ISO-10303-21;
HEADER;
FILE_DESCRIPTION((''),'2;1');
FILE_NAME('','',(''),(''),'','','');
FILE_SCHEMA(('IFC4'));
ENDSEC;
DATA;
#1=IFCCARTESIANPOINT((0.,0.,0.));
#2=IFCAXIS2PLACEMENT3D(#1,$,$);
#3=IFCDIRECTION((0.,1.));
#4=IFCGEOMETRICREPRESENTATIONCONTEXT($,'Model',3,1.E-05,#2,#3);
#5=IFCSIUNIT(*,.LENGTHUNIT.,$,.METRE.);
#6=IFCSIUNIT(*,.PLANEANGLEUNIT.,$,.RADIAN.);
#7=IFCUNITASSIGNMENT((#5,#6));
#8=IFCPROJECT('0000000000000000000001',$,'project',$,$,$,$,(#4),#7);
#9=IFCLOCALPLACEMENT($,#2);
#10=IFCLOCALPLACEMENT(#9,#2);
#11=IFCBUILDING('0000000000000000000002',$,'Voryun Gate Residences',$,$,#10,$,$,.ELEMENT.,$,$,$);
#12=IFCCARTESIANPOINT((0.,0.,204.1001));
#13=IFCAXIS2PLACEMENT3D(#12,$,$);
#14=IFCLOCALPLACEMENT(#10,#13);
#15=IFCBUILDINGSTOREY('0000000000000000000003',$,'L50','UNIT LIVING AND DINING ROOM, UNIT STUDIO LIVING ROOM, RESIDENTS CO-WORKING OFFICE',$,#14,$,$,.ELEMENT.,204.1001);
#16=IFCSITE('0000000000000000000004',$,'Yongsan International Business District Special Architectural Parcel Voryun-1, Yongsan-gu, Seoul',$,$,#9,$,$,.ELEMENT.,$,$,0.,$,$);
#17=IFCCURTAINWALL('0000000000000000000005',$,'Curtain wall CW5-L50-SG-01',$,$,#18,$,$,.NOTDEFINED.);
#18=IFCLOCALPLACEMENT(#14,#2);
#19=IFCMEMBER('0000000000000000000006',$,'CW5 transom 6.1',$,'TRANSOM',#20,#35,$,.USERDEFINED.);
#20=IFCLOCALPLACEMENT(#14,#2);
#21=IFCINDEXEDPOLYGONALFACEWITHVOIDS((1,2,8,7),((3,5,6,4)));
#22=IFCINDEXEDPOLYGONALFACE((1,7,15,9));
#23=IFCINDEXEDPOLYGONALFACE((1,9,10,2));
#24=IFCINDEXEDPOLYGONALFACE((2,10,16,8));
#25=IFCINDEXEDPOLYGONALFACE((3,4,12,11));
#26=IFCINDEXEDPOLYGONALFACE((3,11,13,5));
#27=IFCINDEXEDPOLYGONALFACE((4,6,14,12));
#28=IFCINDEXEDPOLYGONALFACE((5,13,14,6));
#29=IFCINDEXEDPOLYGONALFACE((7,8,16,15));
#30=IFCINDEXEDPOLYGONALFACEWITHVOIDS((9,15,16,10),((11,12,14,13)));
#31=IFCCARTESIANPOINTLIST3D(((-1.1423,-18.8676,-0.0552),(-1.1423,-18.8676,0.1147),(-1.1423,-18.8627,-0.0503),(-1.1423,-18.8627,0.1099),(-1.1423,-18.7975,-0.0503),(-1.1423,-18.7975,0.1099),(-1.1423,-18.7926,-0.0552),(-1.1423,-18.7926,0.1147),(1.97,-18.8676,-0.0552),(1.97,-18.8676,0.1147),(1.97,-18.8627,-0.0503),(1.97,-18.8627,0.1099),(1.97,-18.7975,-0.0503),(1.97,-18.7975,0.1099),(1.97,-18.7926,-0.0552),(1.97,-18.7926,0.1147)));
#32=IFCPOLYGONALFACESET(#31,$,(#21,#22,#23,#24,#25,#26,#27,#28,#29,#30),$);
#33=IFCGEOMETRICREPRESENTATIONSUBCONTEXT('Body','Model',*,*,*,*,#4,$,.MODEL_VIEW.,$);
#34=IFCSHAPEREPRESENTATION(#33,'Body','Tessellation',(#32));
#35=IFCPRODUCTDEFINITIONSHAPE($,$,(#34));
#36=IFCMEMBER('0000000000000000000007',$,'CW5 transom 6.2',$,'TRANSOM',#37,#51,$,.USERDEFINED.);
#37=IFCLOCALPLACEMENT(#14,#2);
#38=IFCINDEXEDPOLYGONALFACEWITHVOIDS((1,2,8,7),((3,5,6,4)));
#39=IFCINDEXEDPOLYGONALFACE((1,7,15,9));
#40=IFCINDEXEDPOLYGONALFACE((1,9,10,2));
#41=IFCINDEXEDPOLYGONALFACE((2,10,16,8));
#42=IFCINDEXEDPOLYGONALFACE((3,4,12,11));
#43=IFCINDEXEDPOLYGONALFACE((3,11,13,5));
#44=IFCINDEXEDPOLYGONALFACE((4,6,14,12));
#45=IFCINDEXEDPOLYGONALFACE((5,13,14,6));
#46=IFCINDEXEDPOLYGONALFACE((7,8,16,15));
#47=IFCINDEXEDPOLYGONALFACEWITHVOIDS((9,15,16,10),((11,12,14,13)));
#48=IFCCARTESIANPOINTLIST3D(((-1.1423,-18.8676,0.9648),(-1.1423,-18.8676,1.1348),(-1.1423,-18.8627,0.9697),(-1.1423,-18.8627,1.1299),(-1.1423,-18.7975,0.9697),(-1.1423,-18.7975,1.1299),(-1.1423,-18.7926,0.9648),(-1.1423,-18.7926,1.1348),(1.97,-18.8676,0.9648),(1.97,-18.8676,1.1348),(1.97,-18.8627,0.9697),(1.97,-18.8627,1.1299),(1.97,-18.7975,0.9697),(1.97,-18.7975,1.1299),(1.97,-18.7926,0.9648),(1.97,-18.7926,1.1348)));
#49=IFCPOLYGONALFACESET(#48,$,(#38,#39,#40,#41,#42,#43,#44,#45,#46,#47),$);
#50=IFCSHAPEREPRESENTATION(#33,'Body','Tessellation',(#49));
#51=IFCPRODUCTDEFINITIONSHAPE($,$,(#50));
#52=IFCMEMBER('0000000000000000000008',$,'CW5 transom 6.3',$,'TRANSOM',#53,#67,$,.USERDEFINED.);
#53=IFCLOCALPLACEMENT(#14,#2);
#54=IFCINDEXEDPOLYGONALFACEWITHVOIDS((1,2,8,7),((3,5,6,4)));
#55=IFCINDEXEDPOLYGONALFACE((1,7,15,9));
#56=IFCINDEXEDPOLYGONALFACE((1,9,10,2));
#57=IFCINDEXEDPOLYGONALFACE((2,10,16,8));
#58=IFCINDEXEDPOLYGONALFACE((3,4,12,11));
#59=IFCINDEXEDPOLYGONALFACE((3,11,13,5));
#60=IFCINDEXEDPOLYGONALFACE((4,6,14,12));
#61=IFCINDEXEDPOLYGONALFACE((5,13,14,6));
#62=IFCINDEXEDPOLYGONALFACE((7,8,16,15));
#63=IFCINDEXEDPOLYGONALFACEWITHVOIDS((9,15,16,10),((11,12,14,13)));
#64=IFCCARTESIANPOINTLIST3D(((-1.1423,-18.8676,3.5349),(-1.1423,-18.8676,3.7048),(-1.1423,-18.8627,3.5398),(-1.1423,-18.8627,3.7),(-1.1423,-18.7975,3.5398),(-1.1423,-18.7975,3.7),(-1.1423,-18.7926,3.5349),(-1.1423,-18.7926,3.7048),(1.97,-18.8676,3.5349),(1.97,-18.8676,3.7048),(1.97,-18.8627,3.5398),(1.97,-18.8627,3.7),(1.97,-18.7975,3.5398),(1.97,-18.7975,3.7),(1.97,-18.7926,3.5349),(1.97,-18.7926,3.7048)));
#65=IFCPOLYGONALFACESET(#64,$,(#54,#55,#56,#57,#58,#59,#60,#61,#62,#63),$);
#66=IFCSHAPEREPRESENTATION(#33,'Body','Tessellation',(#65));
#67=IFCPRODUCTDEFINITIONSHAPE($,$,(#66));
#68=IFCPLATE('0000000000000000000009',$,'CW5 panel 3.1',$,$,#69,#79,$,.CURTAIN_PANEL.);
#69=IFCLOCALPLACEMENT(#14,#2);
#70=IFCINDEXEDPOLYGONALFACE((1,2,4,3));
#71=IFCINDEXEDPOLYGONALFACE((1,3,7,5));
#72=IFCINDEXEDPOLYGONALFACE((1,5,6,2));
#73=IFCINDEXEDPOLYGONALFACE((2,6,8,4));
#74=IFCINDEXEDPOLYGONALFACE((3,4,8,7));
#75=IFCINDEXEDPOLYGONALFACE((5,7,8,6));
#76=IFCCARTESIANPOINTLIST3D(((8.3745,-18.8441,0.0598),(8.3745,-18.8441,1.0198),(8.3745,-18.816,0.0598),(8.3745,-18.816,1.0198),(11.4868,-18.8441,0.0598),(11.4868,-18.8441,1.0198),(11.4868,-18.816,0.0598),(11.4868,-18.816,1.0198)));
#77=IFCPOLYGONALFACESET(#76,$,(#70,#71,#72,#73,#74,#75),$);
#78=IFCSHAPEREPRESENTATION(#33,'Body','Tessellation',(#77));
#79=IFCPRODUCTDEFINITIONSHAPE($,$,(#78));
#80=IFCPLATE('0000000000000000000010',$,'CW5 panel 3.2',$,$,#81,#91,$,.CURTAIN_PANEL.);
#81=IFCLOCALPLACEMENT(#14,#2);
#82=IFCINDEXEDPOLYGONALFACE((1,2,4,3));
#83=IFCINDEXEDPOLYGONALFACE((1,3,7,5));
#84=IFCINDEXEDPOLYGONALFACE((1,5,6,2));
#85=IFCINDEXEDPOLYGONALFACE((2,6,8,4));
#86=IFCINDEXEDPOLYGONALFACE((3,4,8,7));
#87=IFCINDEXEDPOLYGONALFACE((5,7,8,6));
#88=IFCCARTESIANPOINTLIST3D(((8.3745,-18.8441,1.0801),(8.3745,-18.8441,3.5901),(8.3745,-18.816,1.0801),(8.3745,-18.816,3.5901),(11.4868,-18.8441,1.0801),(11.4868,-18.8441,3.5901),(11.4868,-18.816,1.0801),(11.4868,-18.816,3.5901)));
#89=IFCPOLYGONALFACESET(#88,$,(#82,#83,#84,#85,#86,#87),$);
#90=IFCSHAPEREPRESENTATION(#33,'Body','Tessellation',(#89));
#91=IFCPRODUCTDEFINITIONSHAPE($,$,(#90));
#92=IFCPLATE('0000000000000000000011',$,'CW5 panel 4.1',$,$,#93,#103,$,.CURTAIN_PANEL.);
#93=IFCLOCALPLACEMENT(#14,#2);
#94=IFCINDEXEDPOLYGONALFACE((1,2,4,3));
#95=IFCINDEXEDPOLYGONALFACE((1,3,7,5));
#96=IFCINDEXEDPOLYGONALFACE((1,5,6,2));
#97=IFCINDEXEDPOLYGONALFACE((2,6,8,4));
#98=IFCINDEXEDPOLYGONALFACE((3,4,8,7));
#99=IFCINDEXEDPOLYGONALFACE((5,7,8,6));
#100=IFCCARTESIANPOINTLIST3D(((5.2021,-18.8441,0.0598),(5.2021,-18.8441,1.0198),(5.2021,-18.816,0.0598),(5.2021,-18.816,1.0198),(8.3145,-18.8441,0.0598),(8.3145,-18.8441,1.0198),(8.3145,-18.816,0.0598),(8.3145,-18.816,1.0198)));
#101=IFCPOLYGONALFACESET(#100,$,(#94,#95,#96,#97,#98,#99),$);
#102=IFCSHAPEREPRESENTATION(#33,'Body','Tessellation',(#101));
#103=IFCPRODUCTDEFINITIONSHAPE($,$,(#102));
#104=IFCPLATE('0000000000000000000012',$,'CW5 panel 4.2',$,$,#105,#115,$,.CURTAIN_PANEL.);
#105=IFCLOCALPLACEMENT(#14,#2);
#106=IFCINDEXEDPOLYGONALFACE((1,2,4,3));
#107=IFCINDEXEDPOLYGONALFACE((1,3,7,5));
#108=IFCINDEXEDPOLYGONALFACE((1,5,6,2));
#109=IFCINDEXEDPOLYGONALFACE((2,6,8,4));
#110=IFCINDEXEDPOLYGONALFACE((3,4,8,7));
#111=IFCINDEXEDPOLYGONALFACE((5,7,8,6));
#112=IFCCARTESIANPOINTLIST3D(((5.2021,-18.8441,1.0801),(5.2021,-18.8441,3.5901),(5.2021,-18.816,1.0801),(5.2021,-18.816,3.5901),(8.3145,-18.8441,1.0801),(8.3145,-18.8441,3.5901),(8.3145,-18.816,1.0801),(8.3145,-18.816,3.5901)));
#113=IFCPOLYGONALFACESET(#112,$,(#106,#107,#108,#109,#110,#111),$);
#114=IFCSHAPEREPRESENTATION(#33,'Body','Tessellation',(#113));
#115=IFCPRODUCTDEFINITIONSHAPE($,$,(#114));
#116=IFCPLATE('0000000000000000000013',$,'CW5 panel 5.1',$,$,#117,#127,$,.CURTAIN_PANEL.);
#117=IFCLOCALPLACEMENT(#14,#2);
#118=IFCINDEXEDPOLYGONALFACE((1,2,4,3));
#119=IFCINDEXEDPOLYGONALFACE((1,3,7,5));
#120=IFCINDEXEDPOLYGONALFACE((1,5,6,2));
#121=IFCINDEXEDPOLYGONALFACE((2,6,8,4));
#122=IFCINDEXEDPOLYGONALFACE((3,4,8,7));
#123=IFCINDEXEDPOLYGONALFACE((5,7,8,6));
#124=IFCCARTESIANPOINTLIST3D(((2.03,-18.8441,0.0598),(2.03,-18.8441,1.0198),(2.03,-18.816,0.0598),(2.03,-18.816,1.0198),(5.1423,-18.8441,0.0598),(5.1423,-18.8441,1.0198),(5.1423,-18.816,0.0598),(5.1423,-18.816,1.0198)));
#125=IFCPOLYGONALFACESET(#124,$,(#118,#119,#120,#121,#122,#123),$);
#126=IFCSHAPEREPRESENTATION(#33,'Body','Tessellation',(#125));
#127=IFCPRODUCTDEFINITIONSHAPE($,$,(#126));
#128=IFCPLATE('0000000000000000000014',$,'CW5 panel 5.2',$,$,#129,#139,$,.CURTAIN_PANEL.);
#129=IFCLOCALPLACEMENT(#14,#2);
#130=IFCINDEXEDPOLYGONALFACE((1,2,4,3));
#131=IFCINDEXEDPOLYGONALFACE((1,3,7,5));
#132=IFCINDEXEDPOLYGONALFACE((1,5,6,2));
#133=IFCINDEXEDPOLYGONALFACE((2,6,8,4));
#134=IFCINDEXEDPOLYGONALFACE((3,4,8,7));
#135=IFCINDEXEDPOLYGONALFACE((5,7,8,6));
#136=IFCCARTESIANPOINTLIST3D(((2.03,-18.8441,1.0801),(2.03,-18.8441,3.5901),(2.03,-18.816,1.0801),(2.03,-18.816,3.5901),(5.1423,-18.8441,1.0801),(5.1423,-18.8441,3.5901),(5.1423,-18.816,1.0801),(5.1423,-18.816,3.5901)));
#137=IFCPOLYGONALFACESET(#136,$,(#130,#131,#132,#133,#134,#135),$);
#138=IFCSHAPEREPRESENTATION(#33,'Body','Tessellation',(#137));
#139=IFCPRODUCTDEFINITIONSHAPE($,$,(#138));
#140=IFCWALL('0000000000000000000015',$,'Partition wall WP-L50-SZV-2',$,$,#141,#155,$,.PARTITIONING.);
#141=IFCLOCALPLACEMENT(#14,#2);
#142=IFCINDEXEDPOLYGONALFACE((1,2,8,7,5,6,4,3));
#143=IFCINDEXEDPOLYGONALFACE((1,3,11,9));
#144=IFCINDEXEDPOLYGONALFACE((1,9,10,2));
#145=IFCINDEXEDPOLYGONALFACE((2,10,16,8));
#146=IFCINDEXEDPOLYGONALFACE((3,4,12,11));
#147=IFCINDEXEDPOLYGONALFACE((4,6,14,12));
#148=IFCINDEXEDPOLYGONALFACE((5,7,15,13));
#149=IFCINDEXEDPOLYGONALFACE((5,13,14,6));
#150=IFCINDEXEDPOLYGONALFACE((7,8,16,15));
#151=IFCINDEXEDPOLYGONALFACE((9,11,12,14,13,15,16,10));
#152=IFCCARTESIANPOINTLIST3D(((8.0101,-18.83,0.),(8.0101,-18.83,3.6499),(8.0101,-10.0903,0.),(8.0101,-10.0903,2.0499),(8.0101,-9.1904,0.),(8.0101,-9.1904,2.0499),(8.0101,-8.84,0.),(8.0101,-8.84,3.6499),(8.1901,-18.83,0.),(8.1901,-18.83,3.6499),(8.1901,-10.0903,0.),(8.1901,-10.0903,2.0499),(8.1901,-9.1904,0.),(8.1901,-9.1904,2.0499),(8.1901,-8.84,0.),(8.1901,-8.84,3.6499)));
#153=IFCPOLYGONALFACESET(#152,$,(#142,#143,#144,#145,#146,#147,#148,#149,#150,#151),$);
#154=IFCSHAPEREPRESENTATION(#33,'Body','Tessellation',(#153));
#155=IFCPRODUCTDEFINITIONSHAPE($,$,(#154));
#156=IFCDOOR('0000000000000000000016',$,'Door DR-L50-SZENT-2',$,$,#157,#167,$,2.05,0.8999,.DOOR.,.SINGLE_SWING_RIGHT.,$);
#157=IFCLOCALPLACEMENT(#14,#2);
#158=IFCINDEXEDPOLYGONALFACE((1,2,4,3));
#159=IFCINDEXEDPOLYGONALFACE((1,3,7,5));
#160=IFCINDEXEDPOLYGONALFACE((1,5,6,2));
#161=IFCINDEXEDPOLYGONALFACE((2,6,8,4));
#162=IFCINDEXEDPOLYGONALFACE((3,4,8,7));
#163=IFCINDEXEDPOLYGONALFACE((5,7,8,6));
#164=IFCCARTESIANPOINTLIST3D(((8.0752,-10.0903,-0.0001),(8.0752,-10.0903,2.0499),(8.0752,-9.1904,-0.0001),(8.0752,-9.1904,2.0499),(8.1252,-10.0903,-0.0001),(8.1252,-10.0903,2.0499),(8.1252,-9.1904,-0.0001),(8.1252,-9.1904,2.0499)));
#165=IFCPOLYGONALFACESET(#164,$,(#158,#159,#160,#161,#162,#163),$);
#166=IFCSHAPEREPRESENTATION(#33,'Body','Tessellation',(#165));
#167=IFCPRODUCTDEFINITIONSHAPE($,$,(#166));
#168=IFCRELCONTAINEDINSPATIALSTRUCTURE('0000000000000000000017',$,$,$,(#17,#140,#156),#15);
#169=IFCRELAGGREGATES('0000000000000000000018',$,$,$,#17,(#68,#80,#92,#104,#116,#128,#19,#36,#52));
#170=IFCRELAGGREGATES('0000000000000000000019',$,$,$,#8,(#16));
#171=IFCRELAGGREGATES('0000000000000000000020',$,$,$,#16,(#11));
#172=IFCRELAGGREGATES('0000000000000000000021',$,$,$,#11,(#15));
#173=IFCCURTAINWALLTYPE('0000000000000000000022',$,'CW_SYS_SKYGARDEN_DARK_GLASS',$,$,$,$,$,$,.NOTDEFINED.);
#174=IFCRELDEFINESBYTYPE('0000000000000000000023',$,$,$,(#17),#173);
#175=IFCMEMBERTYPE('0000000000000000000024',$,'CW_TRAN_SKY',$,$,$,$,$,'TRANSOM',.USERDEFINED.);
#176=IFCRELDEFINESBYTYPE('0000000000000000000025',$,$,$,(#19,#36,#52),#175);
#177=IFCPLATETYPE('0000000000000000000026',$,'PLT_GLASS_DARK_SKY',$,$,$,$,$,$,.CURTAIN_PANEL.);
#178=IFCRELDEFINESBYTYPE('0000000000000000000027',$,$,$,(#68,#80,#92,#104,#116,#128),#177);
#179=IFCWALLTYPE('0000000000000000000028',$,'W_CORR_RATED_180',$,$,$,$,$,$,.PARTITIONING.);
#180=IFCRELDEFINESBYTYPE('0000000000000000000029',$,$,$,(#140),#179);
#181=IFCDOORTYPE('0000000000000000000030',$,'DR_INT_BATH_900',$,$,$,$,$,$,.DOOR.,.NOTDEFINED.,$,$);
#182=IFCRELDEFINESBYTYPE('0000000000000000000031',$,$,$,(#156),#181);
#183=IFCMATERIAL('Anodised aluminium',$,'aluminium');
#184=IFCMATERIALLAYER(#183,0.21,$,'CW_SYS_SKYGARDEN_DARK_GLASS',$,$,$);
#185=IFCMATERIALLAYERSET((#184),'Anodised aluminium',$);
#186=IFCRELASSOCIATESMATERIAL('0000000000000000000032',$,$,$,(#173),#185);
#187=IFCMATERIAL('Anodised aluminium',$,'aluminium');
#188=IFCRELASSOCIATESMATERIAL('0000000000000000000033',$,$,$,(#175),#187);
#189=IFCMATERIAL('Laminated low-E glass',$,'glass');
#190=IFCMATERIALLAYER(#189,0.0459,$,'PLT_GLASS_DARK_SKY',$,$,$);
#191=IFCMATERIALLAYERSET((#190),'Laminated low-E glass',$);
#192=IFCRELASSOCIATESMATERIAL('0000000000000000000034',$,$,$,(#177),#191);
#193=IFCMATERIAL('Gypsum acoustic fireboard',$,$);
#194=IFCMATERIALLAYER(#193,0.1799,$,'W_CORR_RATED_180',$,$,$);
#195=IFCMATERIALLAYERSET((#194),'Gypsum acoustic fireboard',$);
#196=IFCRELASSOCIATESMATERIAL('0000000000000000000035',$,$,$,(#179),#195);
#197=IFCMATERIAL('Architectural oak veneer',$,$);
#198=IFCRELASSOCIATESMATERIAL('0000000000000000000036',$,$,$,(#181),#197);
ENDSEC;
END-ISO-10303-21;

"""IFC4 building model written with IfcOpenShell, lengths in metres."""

from ifc_helpers import new_model, si_unit, direction, frame, frame_2d, origin, origin_2d, place, context, subcontext, project, spatial, rectangle, hollow_rectangle, extrude, material, layer, layer_set, material_profile, profile_set, type_object, element, fill, aggregate, save


model = new_model("IFC4")

# Units and contexts
model_context = context("Model", 3, precision=1e-05, world=origin(), true_north=direction((0.0, 1.0)))
body_context = subcontext(model_context, "Body", "Model", "MODEL_VIEW")
ifc_project = project(units=[si_unit("LENGTHUNIT", "METRE"), si_unit("PLANEANGLEUNIT", "RADIAN")], contexts=[model_context])

# Site, building, storey
site_placement = place(None, origin())
site = spatial("IfcSite", under=ifc_project, at=site_placement, Name="Yongsan International Business District Special Architectural Parcel Voryun-1, Yongsan-gu, Seoul", CompositionType="ELEMENT", RefElevation=0.0)
building_placement = place(site_placement, origin())
building = spatial("IfcBuilding", under=site, at=building_placement, Name="Voryun Gate Residences", CompositionType="ELEMENT")
storey_placement = place(building_placement, frame((0.0, 0.0, 204.1001)))
storey = spatial("IfcBuildingStorey", under=building, at=storey_placement, Name="L50", Description="UNIT LIVING AND DINING ROOM, UNIT STUDIO LIVING ROOM, RESIDENTS CO-WORKING OFFICE", CompositionType="ELEMENT", Elevation=204.1001)

# Curtain wall, members, plates
ifc_material_1 = material(Name="Anodised aluminium", Category="aluminium")
ifc_layer_1 = layer(ifc_material_1, 0.21, Name="CW_SYS_SKYGARDEN_DARK_GLASS")
ifc_layer_set_1 = layer_set([ifc_layer_1], Name="Anodised aluminium")
curtain_wall_type = type_object("IfcCurtainWallType", Name="CW_SYS_SKYGARDEN_DARK_GLASS", PredefinedType="NOTDEFINED", material=ifc_layer_set_1)
curtain_wall_placement = place(storey_placement, origin())
curtain_wall = element("IfcCurtainWall", 1, at=curtain_wall_placement, inside=storey, type_object=curtain_wall_type, Name="Curtain wall CW5-L50-SG-01", PredefinedType="NOTDEFINED")
ifc_material_2 = material(Name="Anodised aluminium", Category="aluminium")
ifc_material_profile_1 = material_profile(ifc_material_2, hollow_rectangle(XDim=0.075, YDim=0.1699, WallThickness=0.0049, at=origin_2d()), Name="ALU-TRAN-170x75x5")
ifc_profile_set_1 = profile_set([ifc_material_profile_1], Name="Anodised aluminium")
member_type_1 = type_object("IfcMemberType", Name="CW_TRAN_SKY", ElementType="TRANSOM", PredefinedType="USERDEFINED", material=ifc_profile_set_1)
member_1_placement = place(storey_placement, frame((1.97, -18.8301, 0.0298), z_axis=(-1.0, 0.0, 0.0), x_axis=(0.0, -1.0, 0.0)))
member_1 = element("IfcMember", 2, at=member_1_placement, type_object=member_type_1, Name="CW5 transom 6.1", ObjectType="TRANSOM", PredefinedType="USERDEFINED", context=body_context, shape_type="SweptSolid", body=[
    extrude(hollow_rectangle(XDim=0.075, YDim=0.1699, WallThickness=0.0049, at=origin_2d()), origin(), (0.0, 0.0, 1.0), 3.1123),
])
member_2_placement = place(storey_placement, frame((1.97, -18.8301, 1.0498), z_axis=(-1.0, 0.0, 0.0), x_axis=(0.0, -1.0, 0.0)))
member_2 = element("IfcMember", 3, at=member_2_placement, type_object=member_type_1, Name="CW5 transom 6.2", ObjectType="TRANSOM", PredefinedType="USERDEFINED", context=body_context, shape_type="SweptSolid", body=[
    extrude(hollow_rectangle(XDim=0.075, YDim=0.1699, WallThickness=0.0049, at=origin_2d()), origin(), (0.0, 0.0, 1.0), 3.1123),
])
member_3_placement = place(storey_placement, frame((1.97, -18.8301, 3.6199), z_axis=(-1.0, 0.0, 0.0), x_axis=(0.0, -1.0, 0.0)))
member_3 = element("IfcMember", 4, at=member_3_placement, type_object=member_type_1, Name="CW5 transom 6.3", ObjectType="TRANSOM", PredefinedType="USERDEFINED", context=body_context, shape_type="SweptSolid", body=[
    extrude(hollow_rectangle(XDim=0.075, YDim=0.1699, WallThickness=0.0049, at=origin_2d()), origin(), (0.0, 0.0, 1.0), 3.1123),
])
ifc_material_3 = material(Name="Laminated low-E glass", Category="glass")
ifc_layer_2 = layer(ifc_material_3, 0.0459, Name="PLT_GLASS_DARK_SKY")
ifc_layer_set_2 = layer_set([ifc_layer_2], Name="Laminated low-E glass")
plate_type = type_object("IfcPlateType", Name="PLT_GLASS_DARK_SKY", PredefinedType="CURTAIN_PANEL", material=ifc_layer_set_2)
plate_1_placement = place(storey_placement, frame((9.9307, -18.8301, 0.0598), z_axis=(0.0, 0.0, 1.0), x_axis=(-1.0, 0.0, 0.0)))
plate_1 = element("IfcPlate", 5, at=plate_1_placement, type_object=plate_type, Name="CW5 panel 3.1", PredefinedType="CURTAIN_PANEL", context=body_context, shape_type="SweptSolid", body=[
    extrude(rectangle(XDim=3.1123, YDim=0.0281, at=origin_2d()), origin(), (0.0, 0.0, 1.0), 0.96),
])
plate_2_placement = place(storey_placement, frame((9.9307, -18.8301, 1.0801), z_axis=(0.0, 0.0, 1.0), x_axis=(-1.0, 0.0, 0.0)))
plate_2 = element("IfcPlate", 6, at=plate_2_placement, type_object=plate_type, Name="CW5 panel 3.2", PredefinedType="CURTAIN_PANEL", context=body_context, shape_type="SweptSolid", body=[
    extrude(rectangle(XDim=3.1123, YDim=0.0281, at=origin_2d()), origin(), (0.0, 0.0, 1.0), 2.51),
])
plate_3_placement = place(storey_placement, frame((6.7583, -18.8301, 0.0598), z_axis=(0.0, 0.0, 1.0), x_axis=(-1.0, 0.0, 0.0)))
plate_3 = element("IfcPlate", 7, at=plate_3_placement, type_object=plate_type, Name="CW5 panel 4.1", PredefinedType="CURTAIN_PANEL", context=body_context, shape_type="SweptSolid", body=[
    extrude(rectangle(XDim=3.1123, YDim=0.0281, at=origin_2d()), origin(), (0.0, 0.0, 1.0), 0.96),
])
plate_4_placement = place(storey_placement, frame((6.7583, -18.8301, 1.0801), z_axis=(0.0, 0.0, 1.0), x_axis=(-1.0, 0.0, 0.0)))
plate_4 = element("IfcPlate", 8, at=plate_4_placement, type_object=plate_type, Name="CW5 panel 4.2", PredefinedType="CURTAIN_PANEL", context=body_context, shape_type="SweptSolid", body=[
    extrude(rectangle(XDim=3.1123, YDim=0.0281, at=origin_2d()), origin(), (0.0, 0.0, 1.0), 2.51),
])
plate_5_placement = place(storey_placement, frame((3.5862, -18.8301, 0.0598), z_axis=(0.0, 0.0, 1.0), x_axis=(-1.0, 0.0, 0.0)))
plate_5 = element("IfcPlate", 9, at=plate_5_placement, type_object=plate_type, Name="CW5 panel 5.1", PredefinedType="CURTAIN_PANEL", context=body_context, shape_type="SweptSolid", body=[
    extrude(rectangle(XDim=3.1123, YDim=0.0281, at=origin_2d()), origin(), (0.0, 0.0, 1.0), 0.96),
])
plate_6_placement = place(storey_placement, frame((3.5862, -18.8301, 1.0801), z_axis=(0.0, 0.0, 1.0), x_axis=(-1.0, 0.0, 0.0)))
plate_6 = element("IfcPlate", 10, at=plate_6_placement, type_object=plate_type, Name="CW5 panel 5.2", PredefinedType="CURTAIN_PANEL", context=body_context, shape_type="SweptSolid", body=[
    extrude(rectangle(XDim=3.1123, YDim=0.0281, at=origin_2d()), origin(), (0.0, 0.0, 1.0), 2.51),
])
aggregate(curtain_wall, [plate_1, plate_2, plate_3, plate_4, plate_5, plate_6, member_1, member_2, member_3])

# Wall, opening, door
ifc_material_4 = material(Name="Gypsum acoustic fireboard")
ifc_layer_3 = layer(ifc_material_4, 0.1799, Name="W_CORR_RATED_180")
ifc_layer_set_3 = layer_set([ifc_layer_3], Name="Gypsum acoustic fireboard")
wall_type_1 = type_object("IfcWallType", Name="W_CORR_RATED_180", PredefinedType="PARTITIONING", material=ifc_layer_set_3)
wall_1_placement = place(storey_placement, frame((8.1001, -18.8301, 0.0), z_axis=(0.0, 0.0, 1.0), x_axis=(0.0, 1.0, 0.0)))
wall_1 = element("IfcWall", 11, at=wall_1_placement, inside=storey, type_object=wall_type_1, Name="Partition wall WP-L50-SZV-2", PredefinedType="PARTITIONING", context=body_context, shape_type="SweptSolid", body=[
    extrude(rectangle(XDim=9.99, YDim=0.1799, at=frame_2d((4.9951, 0.0))), origin(), (0.0, 0.0, 1.0), 3.6499),
])
opening_1_placement = place(wall_1_placement, frame((8.7397, 0.0, 0.0)))
opening_1 = element("IfcOpeningElement", 12, at=opening_1_placement, cuts=wall_1, PredefinedType="OPENING", context=body_context, shape_type="SweptSolid", body=[
    extrude(rectangle(XDim=0.8999, YDim=2.05, at=frame_2d((0.45, 1.0249))), frame((0.0, 0.0999, 0.0), z_axis=(0.0, -1.0, 0.0), x_axis=(1.0, 0.0, 0.0)), (0.0, 0.0, 1.0), 0.2),
])
ifc_material_5 = material(Name="Architectural oak veneer")
door_type = type_object("IfcDoorType", Name="DR_INT_BATH_900", OperationType="NOTDEFINED", PredefinedType="DOOR", material=ifc_material_5)
door_1_placement = place(opening_1_placement, origin())
door_1 = element("IfcDoor", 13, at=door_1_placement, inside=storey, type_object=door_type, Name="Door DR-L50-SZENT-2", OperationType="SINGLE_SWING_RIGHT", OverallHeight=2.05, OverallWidth=0.8999, PredefinedType="DOOR", context=body_context, shape_type="SweptSolid", body=[
    extrude(rectangle(XDim=0.8999, YDim=2.05, at=frame_2d((0.45, 1.0249))), frame((0.0, 0.0249, 0.0), z_axis=(0.0, -1.0, 0.0), x_axis=(1.0, 0.0, 0.0)), (0.0, 0.0, 1.0), 0.05),
])
fill(opening_1, door_1)

save(model, "model.ifc")
